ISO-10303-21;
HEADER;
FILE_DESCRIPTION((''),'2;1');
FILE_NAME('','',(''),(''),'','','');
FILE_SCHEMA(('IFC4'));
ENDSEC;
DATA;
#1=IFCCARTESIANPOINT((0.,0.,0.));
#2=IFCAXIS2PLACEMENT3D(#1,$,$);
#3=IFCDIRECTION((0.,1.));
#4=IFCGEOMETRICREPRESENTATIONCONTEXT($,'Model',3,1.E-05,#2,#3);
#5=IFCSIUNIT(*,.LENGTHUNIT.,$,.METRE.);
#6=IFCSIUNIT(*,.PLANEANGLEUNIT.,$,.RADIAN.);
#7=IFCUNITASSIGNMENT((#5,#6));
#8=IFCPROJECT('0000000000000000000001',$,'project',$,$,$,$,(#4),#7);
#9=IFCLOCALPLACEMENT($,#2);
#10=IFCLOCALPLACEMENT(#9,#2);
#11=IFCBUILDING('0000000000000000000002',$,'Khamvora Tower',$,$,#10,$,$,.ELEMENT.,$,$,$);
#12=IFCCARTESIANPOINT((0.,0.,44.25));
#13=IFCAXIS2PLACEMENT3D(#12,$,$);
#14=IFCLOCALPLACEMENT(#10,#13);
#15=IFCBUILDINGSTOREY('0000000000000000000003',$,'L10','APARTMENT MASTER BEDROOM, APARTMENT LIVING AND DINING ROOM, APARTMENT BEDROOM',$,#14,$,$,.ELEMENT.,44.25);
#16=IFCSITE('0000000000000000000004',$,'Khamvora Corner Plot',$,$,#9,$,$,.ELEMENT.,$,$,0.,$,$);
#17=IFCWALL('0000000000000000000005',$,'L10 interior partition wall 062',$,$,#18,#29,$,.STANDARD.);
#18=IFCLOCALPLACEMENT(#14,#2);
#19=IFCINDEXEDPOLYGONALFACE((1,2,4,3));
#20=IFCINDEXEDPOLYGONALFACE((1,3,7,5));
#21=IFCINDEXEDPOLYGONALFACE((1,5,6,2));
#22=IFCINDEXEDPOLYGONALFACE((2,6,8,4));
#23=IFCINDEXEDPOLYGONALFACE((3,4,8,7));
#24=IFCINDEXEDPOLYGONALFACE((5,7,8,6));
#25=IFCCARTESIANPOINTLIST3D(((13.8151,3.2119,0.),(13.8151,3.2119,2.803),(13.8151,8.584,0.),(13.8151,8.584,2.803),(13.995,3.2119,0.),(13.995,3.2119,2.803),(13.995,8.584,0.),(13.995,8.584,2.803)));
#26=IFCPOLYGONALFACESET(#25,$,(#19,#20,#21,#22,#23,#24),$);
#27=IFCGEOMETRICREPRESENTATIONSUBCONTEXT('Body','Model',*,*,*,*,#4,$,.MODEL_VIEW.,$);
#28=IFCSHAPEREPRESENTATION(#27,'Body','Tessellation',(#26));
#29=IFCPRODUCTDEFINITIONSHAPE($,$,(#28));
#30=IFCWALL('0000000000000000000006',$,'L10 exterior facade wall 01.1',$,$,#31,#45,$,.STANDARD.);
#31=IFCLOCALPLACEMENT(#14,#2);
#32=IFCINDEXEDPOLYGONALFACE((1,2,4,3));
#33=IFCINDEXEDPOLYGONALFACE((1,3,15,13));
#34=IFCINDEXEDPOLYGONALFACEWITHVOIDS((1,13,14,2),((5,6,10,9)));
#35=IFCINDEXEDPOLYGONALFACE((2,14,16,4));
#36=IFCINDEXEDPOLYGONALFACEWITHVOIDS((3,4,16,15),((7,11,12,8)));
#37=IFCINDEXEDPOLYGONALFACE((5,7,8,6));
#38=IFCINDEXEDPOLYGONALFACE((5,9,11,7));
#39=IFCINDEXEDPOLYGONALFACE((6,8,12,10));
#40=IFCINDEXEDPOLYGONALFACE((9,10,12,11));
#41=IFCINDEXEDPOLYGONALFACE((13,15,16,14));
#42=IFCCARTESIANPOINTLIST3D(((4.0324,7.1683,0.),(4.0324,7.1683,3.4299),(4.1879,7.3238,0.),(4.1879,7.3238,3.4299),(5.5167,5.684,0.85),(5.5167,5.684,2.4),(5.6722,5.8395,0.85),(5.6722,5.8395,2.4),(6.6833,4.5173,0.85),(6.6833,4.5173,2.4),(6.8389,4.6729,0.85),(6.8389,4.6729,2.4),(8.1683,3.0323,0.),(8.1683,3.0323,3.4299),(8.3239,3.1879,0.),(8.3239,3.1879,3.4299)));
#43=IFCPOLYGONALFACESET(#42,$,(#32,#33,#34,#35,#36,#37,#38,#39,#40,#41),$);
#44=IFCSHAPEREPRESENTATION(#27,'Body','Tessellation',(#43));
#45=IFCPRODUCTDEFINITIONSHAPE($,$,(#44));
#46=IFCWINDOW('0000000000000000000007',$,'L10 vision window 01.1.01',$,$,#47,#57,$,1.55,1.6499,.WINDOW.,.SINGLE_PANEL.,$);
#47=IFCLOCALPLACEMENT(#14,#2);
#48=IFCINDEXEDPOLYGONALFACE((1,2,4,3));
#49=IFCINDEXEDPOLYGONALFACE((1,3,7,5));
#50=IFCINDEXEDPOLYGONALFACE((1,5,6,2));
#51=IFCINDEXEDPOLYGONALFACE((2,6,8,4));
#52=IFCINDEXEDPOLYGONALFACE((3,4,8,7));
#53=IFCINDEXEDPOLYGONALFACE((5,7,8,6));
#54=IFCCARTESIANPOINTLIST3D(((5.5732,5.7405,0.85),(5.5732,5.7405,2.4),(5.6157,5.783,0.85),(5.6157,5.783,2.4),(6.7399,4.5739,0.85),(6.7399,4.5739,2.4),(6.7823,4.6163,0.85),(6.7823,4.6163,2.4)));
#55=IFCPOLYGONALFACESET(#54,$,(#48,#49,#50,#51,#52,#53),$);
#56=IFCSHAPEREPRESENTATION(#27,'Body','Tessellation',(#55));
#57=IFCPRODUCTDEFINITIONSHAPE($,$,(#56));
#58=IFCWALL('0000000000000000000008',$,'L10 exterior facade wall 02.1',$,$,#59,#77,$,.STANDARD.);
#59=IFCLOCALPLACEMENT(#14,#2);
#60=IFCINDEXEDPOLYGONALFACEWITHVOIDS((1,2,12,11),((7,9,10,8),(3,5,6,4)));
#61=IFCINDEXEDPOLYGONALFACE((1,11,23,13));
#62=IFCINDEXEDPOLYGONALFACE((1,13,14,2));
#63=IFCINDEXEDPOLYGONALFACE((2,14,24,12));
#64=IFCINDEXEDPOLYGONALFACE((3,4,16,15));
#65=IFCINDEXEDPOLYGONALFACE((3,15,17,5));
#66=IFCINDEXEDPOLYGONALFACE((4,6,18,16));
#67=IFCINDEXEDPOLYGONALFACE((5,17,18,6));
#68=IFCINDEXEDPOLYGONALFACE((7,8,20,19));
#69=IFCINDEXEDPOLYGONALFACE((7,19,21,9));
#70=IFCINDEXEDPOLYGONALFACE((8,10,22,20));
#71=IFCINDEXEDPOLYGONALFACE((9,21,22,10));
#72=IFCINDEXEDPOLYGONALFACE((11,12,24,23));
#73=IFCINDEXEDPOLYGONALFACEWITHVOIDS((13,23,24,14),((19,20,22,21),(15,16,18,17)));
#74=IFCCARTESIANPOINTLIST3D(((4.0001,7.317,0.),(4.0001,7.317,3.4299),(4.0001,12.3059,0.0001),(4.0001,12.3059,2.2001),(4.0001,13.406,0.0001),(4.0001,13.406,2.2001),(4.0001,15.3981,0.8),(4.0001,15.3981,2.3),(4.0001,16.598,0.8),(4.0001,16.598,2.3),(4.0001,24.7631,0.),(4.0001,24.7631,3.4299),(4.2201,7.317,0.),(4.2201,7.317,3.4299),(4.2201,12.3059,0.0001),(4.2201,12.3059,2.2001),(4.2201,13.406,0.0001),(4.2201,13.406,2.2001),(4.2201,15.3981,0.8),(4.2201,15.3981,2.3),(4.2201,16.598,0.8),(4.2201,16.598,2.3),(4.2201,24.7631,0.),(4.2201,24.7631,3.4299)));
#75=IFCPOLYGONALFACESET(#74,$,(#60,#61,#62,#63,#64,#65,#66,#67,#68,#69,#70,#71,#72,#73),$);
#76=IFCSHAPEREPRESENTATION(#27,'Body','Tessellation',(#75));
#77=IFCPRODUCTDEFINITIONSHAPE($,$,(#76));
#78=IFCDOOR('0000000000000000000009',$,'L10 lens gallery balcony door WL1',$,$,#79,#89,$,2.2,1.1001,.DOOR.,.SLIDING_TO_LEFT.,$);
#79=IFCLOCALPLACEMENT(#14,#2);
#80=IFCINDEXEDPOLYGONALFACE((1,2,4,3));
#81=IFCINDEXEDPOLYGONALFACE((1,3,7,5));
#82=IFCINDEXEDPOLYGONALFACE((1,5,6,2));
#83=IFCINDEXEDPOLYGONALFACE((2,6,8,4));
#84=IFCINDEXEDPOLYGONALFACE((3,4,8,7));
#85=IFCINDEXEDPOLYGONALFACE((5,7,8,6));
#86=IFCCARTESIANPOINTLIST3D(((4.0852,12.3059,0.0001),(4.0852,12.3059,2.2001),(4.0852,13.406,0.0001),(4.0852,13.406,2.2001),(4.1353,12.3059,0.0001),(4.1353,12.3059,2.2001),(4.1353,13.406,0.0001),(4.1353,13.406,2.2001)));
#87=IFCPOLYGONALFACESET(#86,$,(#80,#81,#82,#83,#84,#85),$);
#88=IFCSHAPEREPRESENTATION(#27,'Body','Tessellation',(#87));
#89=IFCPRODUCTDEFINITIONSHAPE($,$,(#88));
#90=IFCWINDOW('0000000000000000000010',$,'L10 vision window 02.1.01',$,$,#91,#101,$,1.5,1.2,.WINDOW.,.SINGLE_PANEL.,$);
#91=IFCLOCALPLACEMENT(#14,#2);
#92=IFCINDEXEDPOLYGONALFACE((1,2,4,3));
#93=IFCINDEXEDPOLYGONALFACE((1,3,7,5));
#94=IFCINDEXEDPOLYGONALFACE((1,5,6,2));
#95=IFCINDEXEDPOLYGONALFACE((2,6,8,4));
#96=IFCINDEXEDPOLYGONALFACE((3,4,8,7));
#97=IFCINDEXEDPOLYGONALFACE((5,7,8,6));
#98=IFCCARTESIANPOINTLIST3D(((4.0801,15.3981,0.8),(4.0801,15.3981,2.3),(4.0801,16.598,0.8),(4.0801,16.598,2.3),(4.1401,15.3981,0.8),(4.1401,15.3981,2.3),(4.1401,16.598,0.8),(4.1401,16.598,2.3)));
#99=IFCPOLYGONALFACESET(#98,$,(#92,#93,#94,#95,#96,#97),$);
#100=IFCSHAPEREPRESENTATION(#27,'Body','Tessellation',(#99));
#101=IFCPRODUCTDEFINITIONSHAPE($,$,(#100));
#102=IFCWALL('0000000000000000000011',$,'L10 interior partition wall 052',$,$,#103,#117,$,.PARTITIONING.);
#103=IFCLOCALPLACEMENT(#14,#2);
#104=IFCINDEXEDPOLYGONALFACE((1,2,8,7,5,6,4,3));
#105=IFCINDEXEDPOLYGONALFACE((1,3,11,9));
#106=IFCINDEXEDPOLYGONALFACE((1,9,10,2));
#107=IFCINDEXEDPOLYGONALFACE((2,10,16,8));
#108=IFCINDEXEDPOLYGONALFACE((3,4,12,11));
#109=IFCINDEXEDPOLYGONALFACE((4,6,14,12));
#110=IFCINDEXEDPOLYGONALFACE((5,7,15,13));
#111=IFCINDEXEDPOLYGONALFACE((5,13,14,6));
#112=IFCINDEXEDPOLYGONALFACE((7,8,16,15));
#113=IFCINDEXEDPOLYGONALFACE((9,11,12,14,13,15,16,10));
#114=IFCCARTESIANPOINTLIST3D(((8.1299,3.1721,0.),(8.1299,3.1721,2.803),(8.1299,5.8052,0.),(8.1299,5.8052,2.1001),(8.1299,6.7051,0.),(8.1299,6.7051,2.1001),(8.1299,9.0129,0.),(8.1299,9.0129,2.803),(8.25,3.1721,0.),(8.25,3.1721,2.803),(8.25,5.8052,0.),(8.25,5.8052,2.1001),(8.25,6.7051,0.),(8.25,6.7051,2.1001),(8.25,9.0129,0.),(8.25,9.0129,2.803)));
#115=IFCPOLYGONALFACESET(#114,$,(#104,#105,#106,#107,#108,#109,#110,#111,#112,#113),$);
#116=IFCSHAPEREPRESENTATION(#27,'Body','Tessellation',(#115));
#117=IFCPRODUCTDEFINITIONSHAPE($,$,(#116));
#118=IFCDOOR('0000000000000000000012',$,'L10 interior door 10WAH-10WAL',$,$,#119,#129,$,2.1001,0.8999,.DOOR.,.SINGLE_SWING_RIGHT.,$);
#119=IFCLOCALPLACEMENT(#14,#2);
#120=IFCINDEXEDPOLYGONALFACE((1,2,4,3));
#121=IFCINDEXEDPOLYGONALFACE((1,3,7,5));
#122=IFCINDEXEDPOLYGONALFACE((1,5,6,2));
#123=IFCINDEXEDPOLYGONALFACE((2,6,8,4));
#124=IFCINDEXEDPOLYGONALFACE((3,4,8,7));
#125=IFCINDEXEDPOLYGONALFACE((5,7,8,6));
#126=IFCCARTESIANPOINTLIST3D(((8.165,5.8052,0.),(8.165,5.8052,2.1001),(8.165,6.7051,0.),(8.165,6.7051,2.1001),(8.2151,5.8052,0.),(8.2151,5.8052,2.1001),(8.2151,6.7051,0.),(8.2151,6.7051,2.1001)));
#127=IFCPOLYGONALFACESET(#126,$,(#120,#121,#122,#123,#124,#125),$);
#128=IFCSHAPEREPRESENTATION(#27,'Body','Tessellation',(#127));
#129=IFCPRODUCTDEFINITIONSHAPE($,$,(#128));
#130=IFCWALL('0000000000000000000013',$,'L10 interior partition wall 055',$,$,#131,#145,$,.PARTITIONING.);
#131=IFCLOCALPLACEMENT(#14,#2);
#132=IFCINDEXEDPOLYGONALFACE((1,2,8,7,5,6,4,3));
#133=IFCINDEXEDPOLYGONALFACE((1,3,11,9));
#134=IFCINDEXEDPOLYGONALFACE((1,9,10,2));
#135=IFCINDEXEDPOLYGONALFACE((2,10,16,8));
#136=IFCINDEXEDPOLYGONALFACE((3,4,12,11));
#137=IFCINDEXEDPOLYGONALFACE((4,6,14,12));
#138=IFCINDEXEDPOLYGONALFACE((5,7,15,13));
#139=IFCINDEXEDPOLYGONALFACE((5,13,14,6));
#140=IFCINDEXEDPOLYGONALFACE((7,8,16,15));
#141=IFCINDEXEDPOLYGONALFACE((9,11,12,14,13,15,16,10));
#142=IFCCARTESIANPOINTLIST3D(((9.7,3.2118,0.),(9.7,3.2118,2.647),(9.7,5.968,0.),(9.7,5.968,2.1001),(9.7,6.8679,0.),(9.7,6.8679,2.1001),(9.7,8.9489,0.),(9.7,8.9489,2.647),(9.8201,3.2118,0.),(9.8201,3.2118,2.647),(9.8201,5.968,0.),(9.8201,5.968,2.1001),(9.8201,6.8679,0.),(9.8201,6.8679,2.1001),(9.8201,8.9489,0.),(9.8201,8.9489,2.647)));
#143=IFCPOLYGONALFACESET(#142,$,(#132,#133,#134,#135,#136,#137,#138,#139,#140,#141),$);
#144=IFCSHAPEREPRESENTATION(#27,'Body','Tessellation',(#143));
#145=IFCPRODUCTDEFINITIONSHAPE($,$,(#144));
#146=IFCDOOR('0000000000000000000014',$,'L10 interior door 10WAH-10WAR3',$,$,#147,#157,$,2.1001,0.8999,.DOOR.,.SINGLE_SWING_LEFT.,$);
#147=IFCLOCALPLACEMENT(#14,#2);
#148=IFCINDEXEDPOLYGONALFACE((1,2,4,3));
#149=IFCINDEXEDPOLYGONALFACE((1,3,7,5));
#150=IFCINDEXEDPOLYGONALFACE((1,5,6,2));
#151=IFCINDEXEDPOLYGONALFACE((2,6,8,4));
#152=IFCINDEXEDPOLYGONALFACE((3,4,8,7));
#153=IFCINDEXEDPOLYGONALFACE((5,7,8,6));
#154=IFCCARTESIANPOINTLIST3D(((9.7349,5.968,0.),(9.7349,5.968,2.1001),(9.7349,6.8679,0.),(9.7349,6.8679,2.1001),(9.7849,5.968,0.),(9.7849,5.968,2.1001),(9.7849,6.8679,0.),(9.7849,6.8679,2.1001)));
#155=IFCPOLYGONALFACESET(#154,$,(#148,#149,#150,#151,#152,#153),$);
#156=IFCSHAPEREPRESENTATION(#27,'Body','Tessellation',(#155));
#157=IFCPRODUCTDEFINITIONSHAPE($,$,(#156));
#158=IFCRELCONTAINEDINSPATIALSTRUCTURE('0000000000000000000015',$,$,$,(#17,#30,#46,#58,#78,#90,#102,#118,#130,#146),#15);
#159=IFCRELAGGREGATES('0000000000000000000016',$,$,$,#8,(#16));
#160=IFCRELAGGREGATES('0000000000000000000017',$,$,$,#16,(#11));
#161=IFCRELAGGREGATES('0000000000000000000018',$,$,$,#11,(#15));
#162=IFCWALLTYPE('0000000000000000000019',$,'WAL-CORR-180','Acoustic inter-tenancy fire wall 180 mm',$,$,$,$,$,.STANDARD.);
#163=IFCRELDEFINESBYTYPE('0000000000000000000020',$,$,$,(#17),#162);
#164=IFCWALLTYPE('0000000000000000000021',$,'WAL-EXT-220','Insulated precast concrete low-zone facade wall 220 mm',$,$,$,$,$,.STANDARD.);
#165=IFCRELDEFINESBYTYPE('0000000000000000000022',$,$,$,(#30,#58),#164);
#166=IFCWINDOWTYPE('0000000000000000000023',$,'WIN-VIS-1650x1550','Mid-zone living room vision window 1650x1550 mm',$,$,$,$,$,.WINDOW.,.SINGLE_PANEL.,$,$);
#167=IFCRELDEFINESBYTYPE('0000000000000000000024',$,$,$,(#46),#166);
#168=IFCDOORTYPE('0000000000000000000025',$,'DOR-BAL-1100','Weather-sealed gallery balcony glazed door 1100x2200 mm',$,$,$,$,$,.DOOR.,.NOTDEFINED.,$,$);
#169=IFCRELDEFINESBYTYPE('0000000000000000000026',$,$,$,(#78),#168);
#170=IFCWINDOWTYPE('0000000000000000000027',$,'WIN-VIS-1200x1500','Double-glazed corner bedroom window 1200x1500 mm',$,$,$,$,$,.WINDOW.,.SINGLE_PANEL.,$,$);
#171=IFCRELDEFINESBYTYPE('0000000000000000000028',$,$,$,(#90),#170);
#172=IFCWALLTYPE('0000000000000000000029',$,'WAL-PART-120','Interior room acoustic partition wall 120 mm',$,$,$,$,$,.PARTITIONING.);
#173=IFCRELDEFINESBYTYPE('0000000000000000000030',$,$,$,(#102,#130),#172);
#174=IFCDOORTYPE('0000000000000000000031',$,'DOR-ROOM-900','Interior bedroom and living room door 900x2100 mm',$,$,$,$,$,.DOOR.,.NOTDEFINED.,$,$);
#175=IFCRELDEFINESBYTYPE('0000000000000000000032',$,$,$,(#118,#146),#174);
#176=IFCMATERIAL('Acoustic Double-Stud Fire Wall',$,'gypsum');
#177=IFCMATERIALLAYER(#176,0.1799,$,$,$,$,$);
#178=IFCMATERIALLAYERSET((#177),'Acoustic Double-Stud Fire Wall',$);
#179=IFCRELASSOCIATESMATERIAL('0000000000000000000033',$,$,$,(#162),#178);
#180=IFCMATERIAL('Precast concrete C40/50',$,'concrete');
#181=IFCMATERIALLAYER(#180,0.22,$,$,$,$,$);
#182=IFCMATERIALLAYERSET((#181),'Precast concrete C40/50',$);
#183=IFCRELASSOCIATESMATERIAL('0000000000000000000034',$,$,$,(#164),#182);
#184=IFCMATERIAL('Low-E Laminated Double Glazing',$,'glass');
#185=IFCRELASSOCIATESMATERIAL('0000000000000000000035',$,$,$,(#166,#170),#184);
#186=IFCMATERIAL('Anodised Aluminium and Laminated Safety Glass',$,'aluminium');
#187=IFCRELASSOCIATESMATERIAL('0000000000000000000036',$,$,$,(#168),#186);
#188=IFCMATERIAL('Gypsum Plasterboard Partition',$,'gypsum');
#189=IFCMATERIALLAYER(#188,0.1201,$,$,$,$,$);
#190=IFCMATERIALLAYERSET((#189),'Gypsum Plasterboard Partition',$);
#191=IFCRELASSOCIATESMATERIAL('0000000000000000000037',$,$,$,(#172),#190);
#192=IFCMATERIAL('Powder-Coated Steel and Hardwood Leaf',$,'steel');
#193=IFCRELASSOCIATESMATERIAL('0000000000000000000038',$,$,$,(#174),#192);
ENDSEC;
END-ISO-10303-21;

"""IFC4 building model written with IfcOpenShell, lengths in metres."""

from ifc_helpers import new_model, si_unit, direction, frame, frame_2d, origin, place, context, subcontext, project, spatial, rectangle, extrude, material, layer, layer_set, type_object, element, fill, save


model = new_model("IFC4")

# Units and contexts
model_context = context("Model", 3, precision=1e-05, world=origin(), true_north=direction((0.0, 1.0)))
body_context = subcontext(model_context, "Body", "Model", "MODEL_VIEW")
ifc_project = project(units=[si_unit("LENGTHUNIT", "METRE"), si_unit("PLANEANGLEUNIT", "RADIAN")], contexts=[model_context])

# Site, building, storey
site_placement = place(None, origin())
site = spatial("IfcSite", under=ifc_project, at=site_placement, Name="Khamvora Corner Plot", CompositionType="ELEMENT", RefElevation=0.0)
building_placement = place(site_placement, origin())
building = spatial("IfcBuilding", under=site, at=building_placement, Name="Khamvora Tower", CompositionType="ELEMENT")
storey_placement = place(building_placement, frame((0.0, 0.0, 44.25)))
storey = spatial("IfcBuildingStorey", under=building, at=storey_placement, Name="L10", Description="APARTMENT MASTER BEDROOM, APARTMENT LIVING AND DINING ROOM, APARTMENT BEDROOM", CompositionType="ELEMENT", Elevation=44.25)

# Wall
ifc_material_1 = material(Name="Acoustic Double-Stud Fire Wall", Category="gypsum")
ifc_layer_1 = layer(ifc_material_1, 0.1799)
ifc_layer_set_1 = layer_set([ifc_layer_1], Name="Acoustic Double-Stud Fire Wall")
wall_type_1 = type_object("IfcWallType", Name="WAL-CORR-180", Description="Acoustic inter-tenancy fire wall 180 mm", PredefinedType="STANDARD", material=ifc_layer_set_1)
wall_1_placement = place(storey_placement, frame((13.905, 8.584, 0.0), z_axis=(0.0, 0.0, 1.0), x_axis=(0.0, -1.0, 0.0)))
element("IfcWall", 1, at=wall_1_placement, inside=storey, type_object=wall_type_1, Name="L10 interior partition wall 062", PredefinedType="STANDARD", context=body_context, shape_type="SweptSolid", body=[
    extrude(rectangle(XDim=5.3721, YDim=0.1799, at=frame_2d((2.686, 0.0))), origin(), (0.0, 0.0, 1.0), 2.803),
])

# Wall, opening, window
ifc_material_2 = material(Name="Precast concrete C40/50", Category="concrete")
ifc_layer_2 = layer(ifc_material_2, 0.22)
ifc_layer_set_2 = layer_set([ifc_layer_2], Name="Precast concrete C40/50")
wall_type_2 = type_object("IfcWallType", Name="WAL-EXT-220", Description="Insulated precast concrete low-zone facade wall 220 mm", PredefinedType="STANDARD", material=ifc_layer_set_2)
wall_2_placement = place(storey_placement, frame((8.2461, 3.1101, 0.0), z_axis=(0.0, 0.0, 1.0), x_axis=(-0.707107, 0.707107, 0.0)))
wall_2 = element("IfcWall", 2, at=wall_2_placement, inside=storey, type_object=wall_type_2, Name="L10 exterior facade wall 01.1", PredefinedType="STANDARD", context=body_context, shape_type="SweptSolid", body=[
    extrude(rectangle(XDim=5.8491, YDim=0.22, at=frame_2d((2.9246, 0.0))), origin(), (0.0, 0.0, 1.0), 3.4299),
])
opening_1_placement = place(wall_2_placement, frame((2.1001, 0.0, 0.8501)))
opening_1 = element("IfcOpeningElement", 3, at=opening_1_placement, cuts=wall_2, PredefinedType="OPENING", context=body_context, shape_type="SweptSolid", body=[
    extrude(rectangle(XDim=1.6499, YDim=1.55, at=frame_2d((0.825, 0.7749))), frame((0.0, 0.1199, 0.0), z_axis=(0.0, -1.0, 0.0), x_axis=(1.0, 0.0, 0.0)), (0.0, 0.0, 1.0), 0.24),
])
ifc_material_3 = material(Name="Low-E Laminated Double Glazing", Category="glass")
window_type_1 = type_object("IfcWindowType", Name="WIN-VIS-1650x1550", Description="Mid-zone living room vision window 1650x1550 mm", PartitioningType="SINGLE_PANEL", PredefinedType="WINDOW", material=ifc_material_3)
window_1_placement = place(opening_1_placement, origin())
window_1 = element("IfcWindow", 4, at=window_1_placement, inside=storey, type_object=window_type_1, Name="L10 vision window 01.1.01", OverallHeight=1.55, OverallWidth=1.6499, PartitioningType="SINGLE_PANEL", PredefinedType="WINDOW", context=body_context, shape_type="SweptSolid", body=[
    extrude(rectangle(XDim=1.6499, YDim=1.55, at=frame_2d((0.825, 0.7749))), frame((0.0, 0.03, 0.0), z_axis=(0.0, -1.0, 0.0), x_axis=(1.0, 0.0, 0.0)), (0.0, 0.0, 1.0), 0.0601),
])
fill(opening_1, window_1)

# Wall, openings, door, window
wall_3_placement = place(storey_placement, frame((4.1101, 7.3169, 0.0), z_axis=(0.0, 0.0, 1.0), x_axis=(0.0, 1.0, 0.0)))
wall_3 = element("IfcWall", 5, at=wall_3_placement, inside=storey, type_object=wall_type_2, Name="L10 exterior facade wall 02.1", PredefinedType="STANDARD", context=body_context, shape_type="SweptSolid", body=[
    extrude(rectangle(XDim=17.446, YDim=0.22, at=frame_2d((8.7231, 0.0))), origin(), (0.0, 0.0, 1.0), 3.4299),
])
opening_2_placement = place(wall_3_placement, frame((4.989, 0.0, 0.0)))
opening_2 = element("IfcOpeningElement", 6, at=opening_2_placement, cuts=wall_3, PredefinedType="OPENING", context=body_context, shape_type="SweptSolid", body=[
    extrude(rectangle(XDim=1.1001, YDim=2.2, at=frame_2d((0.55, 1.1001))), frame((0.0, 0.1199, 0.0), z_axis=(0.0, -1.0, 0.0), x_axis=(1.0, 0.0, 0.0)), (0.0, 0.0, 1.0), 0.24),
])
opening_3_placement = place(wall_3_placement, frame((8.0811, 0.0, 0.8)))
opening_3 = element("IfcOpeningElement", 7, at=opening_3_placement, cuts=wall_3, PredefinedType="OPENING", context=body_context, shape_type="SweptSolid", body=[
    extrude(rectangle(XDim=1.2, YDim=1.5, at=frame_2d((0.6001, 0.75))), frame((0.0, 0.1199, 0.0), z_axis=(0.0, -1.0, 0.0), x_axis=(1.0, 0.0, 0.0)), (0.0, 0.0, 1.0), 0.24),
])
ifc_material_4 = material(Name="Anodised Aluminium and Laminated Safety Glass", Category="aluminium")
door_type_1 = type_object("IfcDoorType", Name="DOR-BAL-1100", Description="Weather-sealed gallery balcony glazed door 1100x2200 mm", OperationType="NOTDEFINED", PredefinedType="DOOR", material=ifc_material_4)
door_1_placement = place(opening_2_placement, origin())
door_1 = element("IfcDoor", 8, at=door_1_placement, inside=storey, type_object=door_type_1, Name="L10 lens gallery balcony door WL1", OperationType="SLIDING_TO_LEFT", OverallHeight=2.2, OverallWidth=1.1001, PredefinedType="DOOR", context=body_context, shape_type="SweptSolid", body=[
    extrude(rectangle(XDim=1.1001, YDim=2.2, at=frame_2d((0.55, 1.1001))), frame((0.0, 0.0249, 0.0), z_axis=(0.0, -1.0, 0.0), x_axis=(1.0, 0.0, 0.0)), (0.0, 0.0, 1.0), 0.05),
])
fill(opening_2, door_1)
window_type_2 = type_object("IfcWindowType", Name="WIN-VIS-1200x1500", Description="Double-glazed corner bedroom window 1200x1500 mm", PartitioningType="SINGLE_PANEL", PredefinedType="WINDOW", material=ifc_material_3)
window_2_placement = place(opening_3_placement, origin())
window_2 = element("IfcWindow", 9, at=window_2_placement, inside=storey, type_object=window_type_2, Name="L10 vision window 02.1.01", OverallHeight=1.5, OverallWidth=1.2, PartitioningType="SINGLE_PANEL", PredefinedType="WINDOW", context=body_context, shape_type="SweptSolid", body=[
    extrude(rectangle(XDim=1.2, YDim=1.5, at=frame_2d((0.6001, 0.75))), frame((0.0, 0.03, 0.0), z_axis=(0.0, -1.0, 0.0), x_axis=(1.0, 0.0, 0.0)), (0.0, 0.0, 1.0), 0.0601),
])
fill(opening_3, window_2)

# Walls, openings, doors
ifc_material_5 = material(Name="Gypsum Plasterboard Partition", Category="gypsum")
ifc_layer_3 = layer(ifc_material_5, 0.1201)
ifc_layer_set_3 = layer_set([ifc_layer_3], Name="Gypsum Plasterboard Partition")
wall_type_3 = type_object("IfcWallType", Name="WAL-PART-120", Description="Interior room acoustic partition wall 120 mm", PredefinedType="PARTITIONING", material=ifc_layer_set_3)
wall_4_placement = place(storey_placement, frame((8.1899, 3.1721, 0.0), z_axis=(0.0, 0.0, 1.0), x_axis=(0.0, 1.0, 0.0)))
wall_4 = element("IfcWall", 10, at=wall_4_placement, inside=storey, type_object=wall_type_3, Name="L10 interior partition wall 052", PredefinedType="PARTITIONING", context=body_context, shape_type="SweptSolid", body=[
    extrude(rectangle(XDim=5.8408, YDim=0.1201, at=frame_2d((2.9204, 0.0))), origin(), (0.0, 0.0, 1.0), 2.803),
])
opening_4_placement = place(wall_4_placement, frame((2.6331, 0.0, 0.0)))
opening_4 = element("IfcOpeningElement", 11, at=opening_4_placement, cuts=wall_4, PredefinedType="OPENING", context=body_context, shape_type="SweptSolid", body=[
    extrude(rectangle(XDim=0.8999, YDim=2.1001, at=frame_2d((0.45, 1.05))), frame((0.0, 0.0701, 0.0), z_axis=(0.0, -1.0, 0.0), x_axis=(1.0, 0.0, 0.0)), (0.0, 0.0, 1.0), 0.1401),
])
ifc_material_6 = material(Name="Powder-Coated Steel and Hardwood Leaf", Category="steel")
door_type_2 = type_object("IfcDoorType", Name="DOR-ROOM-900", Description="Interior bedroom and living room door 900x2100 mm", OperationType="NOTDEFINED", PredefinedType="DOOR", material=ifc_material_6)
door_2_placement = place(opening_4_placement, origin())
door_2 = element("IfcDoor", 12, at=door_2_placement, inside=storey, type_object=door_type_2, Name="L10 interior door 10WAH-10WAL", OperationType="SINGLE_SWING_RIGHT", OverallHeight=2.1001, OverallWidth=0.8999, PredefinedType="DOOR", context=body_context, shape_type="SweptSolid", body=[
    extrude(rectangle(XDim=0.8999, YDim=2.1001, at=frame_2d((0.45, 1.05))), frame((0.0, 0.0249, 0.0), z_axis=(0.0, -1.0, 0.0), x_axis=(1.0, 0.0, 0.0)), (0.0, 0.0, 1.0), 0.05),
])
fill(opening_4, door_2)
wall_5_placement = place(storey_placement, frame((9.76, 8.949, 0.0), z_axis=(0.0, 0.0, 1.0), x_axis=(0.0, -1.0, 0.0)))
wall_5 = element("IfcWall", 13, at=wall_5_placement, inside=storey, type_object=wall_type_3, Name="L10 interior partition wall 055", PredefinedType="PARTITIONING", context=body_context, shape_type="SweptSolid", body=[
    extrude(rectangle(XDim=5.7371, YDim=0.1201, at=frame_2d((2.8687, 0.0))), origin(), (0.0, 0.0, 1.0), 2.647),
])
opening_5_placement = place(wall_5_placement, frame((2.0811, 0.0, 0.0)))
opening_5 = element("IfcOpeningElement", 14, at=opening_5_placement, cuts=wall_5, PredefinedType="OPENING", context=body_context, shape_type="SweptSolid", body=[
    extrude(rectangle(XDim=0.8999, YDim=2.1001, at=frame_2d((0.45, 1.05))), frame((0.0, 0.0701, 0.0), z_axis=(0.0, -1.0, 0.0), x_axis=(1.0, 0.0, 0.0)), (0.0, 0.0, 1.0), 0.1401),
])
door_3_placement = place(opening_5_placement, origin())
door_3 = element("IfcDoor", 15, at=door_3_placement, inside=storey, type_object=door_type_2, Name="L10 interior door 10WAH-10WAR3", OperationType="SINGLE_SWING_LEFT", OverallHeight=2.1001, OverallWidth=0.8999, PredefinedType="DOOR", context=body_context, shape_type="SweptSolid", body=[
    extrude(rectangle(XDim=0.8999, YDim=2.1001, at=frame_2d((0.45, 1.05))), frame((0.0, 0.0249, 0.0), z_axis=(0.0, -1.0, 0.0), x_axis=(1.0, 0.0, 0.0)), (0.0, 0.0, 1.0), 0.05),
])
fill(opening_5, door_3)

save(model, "model.ifc")
